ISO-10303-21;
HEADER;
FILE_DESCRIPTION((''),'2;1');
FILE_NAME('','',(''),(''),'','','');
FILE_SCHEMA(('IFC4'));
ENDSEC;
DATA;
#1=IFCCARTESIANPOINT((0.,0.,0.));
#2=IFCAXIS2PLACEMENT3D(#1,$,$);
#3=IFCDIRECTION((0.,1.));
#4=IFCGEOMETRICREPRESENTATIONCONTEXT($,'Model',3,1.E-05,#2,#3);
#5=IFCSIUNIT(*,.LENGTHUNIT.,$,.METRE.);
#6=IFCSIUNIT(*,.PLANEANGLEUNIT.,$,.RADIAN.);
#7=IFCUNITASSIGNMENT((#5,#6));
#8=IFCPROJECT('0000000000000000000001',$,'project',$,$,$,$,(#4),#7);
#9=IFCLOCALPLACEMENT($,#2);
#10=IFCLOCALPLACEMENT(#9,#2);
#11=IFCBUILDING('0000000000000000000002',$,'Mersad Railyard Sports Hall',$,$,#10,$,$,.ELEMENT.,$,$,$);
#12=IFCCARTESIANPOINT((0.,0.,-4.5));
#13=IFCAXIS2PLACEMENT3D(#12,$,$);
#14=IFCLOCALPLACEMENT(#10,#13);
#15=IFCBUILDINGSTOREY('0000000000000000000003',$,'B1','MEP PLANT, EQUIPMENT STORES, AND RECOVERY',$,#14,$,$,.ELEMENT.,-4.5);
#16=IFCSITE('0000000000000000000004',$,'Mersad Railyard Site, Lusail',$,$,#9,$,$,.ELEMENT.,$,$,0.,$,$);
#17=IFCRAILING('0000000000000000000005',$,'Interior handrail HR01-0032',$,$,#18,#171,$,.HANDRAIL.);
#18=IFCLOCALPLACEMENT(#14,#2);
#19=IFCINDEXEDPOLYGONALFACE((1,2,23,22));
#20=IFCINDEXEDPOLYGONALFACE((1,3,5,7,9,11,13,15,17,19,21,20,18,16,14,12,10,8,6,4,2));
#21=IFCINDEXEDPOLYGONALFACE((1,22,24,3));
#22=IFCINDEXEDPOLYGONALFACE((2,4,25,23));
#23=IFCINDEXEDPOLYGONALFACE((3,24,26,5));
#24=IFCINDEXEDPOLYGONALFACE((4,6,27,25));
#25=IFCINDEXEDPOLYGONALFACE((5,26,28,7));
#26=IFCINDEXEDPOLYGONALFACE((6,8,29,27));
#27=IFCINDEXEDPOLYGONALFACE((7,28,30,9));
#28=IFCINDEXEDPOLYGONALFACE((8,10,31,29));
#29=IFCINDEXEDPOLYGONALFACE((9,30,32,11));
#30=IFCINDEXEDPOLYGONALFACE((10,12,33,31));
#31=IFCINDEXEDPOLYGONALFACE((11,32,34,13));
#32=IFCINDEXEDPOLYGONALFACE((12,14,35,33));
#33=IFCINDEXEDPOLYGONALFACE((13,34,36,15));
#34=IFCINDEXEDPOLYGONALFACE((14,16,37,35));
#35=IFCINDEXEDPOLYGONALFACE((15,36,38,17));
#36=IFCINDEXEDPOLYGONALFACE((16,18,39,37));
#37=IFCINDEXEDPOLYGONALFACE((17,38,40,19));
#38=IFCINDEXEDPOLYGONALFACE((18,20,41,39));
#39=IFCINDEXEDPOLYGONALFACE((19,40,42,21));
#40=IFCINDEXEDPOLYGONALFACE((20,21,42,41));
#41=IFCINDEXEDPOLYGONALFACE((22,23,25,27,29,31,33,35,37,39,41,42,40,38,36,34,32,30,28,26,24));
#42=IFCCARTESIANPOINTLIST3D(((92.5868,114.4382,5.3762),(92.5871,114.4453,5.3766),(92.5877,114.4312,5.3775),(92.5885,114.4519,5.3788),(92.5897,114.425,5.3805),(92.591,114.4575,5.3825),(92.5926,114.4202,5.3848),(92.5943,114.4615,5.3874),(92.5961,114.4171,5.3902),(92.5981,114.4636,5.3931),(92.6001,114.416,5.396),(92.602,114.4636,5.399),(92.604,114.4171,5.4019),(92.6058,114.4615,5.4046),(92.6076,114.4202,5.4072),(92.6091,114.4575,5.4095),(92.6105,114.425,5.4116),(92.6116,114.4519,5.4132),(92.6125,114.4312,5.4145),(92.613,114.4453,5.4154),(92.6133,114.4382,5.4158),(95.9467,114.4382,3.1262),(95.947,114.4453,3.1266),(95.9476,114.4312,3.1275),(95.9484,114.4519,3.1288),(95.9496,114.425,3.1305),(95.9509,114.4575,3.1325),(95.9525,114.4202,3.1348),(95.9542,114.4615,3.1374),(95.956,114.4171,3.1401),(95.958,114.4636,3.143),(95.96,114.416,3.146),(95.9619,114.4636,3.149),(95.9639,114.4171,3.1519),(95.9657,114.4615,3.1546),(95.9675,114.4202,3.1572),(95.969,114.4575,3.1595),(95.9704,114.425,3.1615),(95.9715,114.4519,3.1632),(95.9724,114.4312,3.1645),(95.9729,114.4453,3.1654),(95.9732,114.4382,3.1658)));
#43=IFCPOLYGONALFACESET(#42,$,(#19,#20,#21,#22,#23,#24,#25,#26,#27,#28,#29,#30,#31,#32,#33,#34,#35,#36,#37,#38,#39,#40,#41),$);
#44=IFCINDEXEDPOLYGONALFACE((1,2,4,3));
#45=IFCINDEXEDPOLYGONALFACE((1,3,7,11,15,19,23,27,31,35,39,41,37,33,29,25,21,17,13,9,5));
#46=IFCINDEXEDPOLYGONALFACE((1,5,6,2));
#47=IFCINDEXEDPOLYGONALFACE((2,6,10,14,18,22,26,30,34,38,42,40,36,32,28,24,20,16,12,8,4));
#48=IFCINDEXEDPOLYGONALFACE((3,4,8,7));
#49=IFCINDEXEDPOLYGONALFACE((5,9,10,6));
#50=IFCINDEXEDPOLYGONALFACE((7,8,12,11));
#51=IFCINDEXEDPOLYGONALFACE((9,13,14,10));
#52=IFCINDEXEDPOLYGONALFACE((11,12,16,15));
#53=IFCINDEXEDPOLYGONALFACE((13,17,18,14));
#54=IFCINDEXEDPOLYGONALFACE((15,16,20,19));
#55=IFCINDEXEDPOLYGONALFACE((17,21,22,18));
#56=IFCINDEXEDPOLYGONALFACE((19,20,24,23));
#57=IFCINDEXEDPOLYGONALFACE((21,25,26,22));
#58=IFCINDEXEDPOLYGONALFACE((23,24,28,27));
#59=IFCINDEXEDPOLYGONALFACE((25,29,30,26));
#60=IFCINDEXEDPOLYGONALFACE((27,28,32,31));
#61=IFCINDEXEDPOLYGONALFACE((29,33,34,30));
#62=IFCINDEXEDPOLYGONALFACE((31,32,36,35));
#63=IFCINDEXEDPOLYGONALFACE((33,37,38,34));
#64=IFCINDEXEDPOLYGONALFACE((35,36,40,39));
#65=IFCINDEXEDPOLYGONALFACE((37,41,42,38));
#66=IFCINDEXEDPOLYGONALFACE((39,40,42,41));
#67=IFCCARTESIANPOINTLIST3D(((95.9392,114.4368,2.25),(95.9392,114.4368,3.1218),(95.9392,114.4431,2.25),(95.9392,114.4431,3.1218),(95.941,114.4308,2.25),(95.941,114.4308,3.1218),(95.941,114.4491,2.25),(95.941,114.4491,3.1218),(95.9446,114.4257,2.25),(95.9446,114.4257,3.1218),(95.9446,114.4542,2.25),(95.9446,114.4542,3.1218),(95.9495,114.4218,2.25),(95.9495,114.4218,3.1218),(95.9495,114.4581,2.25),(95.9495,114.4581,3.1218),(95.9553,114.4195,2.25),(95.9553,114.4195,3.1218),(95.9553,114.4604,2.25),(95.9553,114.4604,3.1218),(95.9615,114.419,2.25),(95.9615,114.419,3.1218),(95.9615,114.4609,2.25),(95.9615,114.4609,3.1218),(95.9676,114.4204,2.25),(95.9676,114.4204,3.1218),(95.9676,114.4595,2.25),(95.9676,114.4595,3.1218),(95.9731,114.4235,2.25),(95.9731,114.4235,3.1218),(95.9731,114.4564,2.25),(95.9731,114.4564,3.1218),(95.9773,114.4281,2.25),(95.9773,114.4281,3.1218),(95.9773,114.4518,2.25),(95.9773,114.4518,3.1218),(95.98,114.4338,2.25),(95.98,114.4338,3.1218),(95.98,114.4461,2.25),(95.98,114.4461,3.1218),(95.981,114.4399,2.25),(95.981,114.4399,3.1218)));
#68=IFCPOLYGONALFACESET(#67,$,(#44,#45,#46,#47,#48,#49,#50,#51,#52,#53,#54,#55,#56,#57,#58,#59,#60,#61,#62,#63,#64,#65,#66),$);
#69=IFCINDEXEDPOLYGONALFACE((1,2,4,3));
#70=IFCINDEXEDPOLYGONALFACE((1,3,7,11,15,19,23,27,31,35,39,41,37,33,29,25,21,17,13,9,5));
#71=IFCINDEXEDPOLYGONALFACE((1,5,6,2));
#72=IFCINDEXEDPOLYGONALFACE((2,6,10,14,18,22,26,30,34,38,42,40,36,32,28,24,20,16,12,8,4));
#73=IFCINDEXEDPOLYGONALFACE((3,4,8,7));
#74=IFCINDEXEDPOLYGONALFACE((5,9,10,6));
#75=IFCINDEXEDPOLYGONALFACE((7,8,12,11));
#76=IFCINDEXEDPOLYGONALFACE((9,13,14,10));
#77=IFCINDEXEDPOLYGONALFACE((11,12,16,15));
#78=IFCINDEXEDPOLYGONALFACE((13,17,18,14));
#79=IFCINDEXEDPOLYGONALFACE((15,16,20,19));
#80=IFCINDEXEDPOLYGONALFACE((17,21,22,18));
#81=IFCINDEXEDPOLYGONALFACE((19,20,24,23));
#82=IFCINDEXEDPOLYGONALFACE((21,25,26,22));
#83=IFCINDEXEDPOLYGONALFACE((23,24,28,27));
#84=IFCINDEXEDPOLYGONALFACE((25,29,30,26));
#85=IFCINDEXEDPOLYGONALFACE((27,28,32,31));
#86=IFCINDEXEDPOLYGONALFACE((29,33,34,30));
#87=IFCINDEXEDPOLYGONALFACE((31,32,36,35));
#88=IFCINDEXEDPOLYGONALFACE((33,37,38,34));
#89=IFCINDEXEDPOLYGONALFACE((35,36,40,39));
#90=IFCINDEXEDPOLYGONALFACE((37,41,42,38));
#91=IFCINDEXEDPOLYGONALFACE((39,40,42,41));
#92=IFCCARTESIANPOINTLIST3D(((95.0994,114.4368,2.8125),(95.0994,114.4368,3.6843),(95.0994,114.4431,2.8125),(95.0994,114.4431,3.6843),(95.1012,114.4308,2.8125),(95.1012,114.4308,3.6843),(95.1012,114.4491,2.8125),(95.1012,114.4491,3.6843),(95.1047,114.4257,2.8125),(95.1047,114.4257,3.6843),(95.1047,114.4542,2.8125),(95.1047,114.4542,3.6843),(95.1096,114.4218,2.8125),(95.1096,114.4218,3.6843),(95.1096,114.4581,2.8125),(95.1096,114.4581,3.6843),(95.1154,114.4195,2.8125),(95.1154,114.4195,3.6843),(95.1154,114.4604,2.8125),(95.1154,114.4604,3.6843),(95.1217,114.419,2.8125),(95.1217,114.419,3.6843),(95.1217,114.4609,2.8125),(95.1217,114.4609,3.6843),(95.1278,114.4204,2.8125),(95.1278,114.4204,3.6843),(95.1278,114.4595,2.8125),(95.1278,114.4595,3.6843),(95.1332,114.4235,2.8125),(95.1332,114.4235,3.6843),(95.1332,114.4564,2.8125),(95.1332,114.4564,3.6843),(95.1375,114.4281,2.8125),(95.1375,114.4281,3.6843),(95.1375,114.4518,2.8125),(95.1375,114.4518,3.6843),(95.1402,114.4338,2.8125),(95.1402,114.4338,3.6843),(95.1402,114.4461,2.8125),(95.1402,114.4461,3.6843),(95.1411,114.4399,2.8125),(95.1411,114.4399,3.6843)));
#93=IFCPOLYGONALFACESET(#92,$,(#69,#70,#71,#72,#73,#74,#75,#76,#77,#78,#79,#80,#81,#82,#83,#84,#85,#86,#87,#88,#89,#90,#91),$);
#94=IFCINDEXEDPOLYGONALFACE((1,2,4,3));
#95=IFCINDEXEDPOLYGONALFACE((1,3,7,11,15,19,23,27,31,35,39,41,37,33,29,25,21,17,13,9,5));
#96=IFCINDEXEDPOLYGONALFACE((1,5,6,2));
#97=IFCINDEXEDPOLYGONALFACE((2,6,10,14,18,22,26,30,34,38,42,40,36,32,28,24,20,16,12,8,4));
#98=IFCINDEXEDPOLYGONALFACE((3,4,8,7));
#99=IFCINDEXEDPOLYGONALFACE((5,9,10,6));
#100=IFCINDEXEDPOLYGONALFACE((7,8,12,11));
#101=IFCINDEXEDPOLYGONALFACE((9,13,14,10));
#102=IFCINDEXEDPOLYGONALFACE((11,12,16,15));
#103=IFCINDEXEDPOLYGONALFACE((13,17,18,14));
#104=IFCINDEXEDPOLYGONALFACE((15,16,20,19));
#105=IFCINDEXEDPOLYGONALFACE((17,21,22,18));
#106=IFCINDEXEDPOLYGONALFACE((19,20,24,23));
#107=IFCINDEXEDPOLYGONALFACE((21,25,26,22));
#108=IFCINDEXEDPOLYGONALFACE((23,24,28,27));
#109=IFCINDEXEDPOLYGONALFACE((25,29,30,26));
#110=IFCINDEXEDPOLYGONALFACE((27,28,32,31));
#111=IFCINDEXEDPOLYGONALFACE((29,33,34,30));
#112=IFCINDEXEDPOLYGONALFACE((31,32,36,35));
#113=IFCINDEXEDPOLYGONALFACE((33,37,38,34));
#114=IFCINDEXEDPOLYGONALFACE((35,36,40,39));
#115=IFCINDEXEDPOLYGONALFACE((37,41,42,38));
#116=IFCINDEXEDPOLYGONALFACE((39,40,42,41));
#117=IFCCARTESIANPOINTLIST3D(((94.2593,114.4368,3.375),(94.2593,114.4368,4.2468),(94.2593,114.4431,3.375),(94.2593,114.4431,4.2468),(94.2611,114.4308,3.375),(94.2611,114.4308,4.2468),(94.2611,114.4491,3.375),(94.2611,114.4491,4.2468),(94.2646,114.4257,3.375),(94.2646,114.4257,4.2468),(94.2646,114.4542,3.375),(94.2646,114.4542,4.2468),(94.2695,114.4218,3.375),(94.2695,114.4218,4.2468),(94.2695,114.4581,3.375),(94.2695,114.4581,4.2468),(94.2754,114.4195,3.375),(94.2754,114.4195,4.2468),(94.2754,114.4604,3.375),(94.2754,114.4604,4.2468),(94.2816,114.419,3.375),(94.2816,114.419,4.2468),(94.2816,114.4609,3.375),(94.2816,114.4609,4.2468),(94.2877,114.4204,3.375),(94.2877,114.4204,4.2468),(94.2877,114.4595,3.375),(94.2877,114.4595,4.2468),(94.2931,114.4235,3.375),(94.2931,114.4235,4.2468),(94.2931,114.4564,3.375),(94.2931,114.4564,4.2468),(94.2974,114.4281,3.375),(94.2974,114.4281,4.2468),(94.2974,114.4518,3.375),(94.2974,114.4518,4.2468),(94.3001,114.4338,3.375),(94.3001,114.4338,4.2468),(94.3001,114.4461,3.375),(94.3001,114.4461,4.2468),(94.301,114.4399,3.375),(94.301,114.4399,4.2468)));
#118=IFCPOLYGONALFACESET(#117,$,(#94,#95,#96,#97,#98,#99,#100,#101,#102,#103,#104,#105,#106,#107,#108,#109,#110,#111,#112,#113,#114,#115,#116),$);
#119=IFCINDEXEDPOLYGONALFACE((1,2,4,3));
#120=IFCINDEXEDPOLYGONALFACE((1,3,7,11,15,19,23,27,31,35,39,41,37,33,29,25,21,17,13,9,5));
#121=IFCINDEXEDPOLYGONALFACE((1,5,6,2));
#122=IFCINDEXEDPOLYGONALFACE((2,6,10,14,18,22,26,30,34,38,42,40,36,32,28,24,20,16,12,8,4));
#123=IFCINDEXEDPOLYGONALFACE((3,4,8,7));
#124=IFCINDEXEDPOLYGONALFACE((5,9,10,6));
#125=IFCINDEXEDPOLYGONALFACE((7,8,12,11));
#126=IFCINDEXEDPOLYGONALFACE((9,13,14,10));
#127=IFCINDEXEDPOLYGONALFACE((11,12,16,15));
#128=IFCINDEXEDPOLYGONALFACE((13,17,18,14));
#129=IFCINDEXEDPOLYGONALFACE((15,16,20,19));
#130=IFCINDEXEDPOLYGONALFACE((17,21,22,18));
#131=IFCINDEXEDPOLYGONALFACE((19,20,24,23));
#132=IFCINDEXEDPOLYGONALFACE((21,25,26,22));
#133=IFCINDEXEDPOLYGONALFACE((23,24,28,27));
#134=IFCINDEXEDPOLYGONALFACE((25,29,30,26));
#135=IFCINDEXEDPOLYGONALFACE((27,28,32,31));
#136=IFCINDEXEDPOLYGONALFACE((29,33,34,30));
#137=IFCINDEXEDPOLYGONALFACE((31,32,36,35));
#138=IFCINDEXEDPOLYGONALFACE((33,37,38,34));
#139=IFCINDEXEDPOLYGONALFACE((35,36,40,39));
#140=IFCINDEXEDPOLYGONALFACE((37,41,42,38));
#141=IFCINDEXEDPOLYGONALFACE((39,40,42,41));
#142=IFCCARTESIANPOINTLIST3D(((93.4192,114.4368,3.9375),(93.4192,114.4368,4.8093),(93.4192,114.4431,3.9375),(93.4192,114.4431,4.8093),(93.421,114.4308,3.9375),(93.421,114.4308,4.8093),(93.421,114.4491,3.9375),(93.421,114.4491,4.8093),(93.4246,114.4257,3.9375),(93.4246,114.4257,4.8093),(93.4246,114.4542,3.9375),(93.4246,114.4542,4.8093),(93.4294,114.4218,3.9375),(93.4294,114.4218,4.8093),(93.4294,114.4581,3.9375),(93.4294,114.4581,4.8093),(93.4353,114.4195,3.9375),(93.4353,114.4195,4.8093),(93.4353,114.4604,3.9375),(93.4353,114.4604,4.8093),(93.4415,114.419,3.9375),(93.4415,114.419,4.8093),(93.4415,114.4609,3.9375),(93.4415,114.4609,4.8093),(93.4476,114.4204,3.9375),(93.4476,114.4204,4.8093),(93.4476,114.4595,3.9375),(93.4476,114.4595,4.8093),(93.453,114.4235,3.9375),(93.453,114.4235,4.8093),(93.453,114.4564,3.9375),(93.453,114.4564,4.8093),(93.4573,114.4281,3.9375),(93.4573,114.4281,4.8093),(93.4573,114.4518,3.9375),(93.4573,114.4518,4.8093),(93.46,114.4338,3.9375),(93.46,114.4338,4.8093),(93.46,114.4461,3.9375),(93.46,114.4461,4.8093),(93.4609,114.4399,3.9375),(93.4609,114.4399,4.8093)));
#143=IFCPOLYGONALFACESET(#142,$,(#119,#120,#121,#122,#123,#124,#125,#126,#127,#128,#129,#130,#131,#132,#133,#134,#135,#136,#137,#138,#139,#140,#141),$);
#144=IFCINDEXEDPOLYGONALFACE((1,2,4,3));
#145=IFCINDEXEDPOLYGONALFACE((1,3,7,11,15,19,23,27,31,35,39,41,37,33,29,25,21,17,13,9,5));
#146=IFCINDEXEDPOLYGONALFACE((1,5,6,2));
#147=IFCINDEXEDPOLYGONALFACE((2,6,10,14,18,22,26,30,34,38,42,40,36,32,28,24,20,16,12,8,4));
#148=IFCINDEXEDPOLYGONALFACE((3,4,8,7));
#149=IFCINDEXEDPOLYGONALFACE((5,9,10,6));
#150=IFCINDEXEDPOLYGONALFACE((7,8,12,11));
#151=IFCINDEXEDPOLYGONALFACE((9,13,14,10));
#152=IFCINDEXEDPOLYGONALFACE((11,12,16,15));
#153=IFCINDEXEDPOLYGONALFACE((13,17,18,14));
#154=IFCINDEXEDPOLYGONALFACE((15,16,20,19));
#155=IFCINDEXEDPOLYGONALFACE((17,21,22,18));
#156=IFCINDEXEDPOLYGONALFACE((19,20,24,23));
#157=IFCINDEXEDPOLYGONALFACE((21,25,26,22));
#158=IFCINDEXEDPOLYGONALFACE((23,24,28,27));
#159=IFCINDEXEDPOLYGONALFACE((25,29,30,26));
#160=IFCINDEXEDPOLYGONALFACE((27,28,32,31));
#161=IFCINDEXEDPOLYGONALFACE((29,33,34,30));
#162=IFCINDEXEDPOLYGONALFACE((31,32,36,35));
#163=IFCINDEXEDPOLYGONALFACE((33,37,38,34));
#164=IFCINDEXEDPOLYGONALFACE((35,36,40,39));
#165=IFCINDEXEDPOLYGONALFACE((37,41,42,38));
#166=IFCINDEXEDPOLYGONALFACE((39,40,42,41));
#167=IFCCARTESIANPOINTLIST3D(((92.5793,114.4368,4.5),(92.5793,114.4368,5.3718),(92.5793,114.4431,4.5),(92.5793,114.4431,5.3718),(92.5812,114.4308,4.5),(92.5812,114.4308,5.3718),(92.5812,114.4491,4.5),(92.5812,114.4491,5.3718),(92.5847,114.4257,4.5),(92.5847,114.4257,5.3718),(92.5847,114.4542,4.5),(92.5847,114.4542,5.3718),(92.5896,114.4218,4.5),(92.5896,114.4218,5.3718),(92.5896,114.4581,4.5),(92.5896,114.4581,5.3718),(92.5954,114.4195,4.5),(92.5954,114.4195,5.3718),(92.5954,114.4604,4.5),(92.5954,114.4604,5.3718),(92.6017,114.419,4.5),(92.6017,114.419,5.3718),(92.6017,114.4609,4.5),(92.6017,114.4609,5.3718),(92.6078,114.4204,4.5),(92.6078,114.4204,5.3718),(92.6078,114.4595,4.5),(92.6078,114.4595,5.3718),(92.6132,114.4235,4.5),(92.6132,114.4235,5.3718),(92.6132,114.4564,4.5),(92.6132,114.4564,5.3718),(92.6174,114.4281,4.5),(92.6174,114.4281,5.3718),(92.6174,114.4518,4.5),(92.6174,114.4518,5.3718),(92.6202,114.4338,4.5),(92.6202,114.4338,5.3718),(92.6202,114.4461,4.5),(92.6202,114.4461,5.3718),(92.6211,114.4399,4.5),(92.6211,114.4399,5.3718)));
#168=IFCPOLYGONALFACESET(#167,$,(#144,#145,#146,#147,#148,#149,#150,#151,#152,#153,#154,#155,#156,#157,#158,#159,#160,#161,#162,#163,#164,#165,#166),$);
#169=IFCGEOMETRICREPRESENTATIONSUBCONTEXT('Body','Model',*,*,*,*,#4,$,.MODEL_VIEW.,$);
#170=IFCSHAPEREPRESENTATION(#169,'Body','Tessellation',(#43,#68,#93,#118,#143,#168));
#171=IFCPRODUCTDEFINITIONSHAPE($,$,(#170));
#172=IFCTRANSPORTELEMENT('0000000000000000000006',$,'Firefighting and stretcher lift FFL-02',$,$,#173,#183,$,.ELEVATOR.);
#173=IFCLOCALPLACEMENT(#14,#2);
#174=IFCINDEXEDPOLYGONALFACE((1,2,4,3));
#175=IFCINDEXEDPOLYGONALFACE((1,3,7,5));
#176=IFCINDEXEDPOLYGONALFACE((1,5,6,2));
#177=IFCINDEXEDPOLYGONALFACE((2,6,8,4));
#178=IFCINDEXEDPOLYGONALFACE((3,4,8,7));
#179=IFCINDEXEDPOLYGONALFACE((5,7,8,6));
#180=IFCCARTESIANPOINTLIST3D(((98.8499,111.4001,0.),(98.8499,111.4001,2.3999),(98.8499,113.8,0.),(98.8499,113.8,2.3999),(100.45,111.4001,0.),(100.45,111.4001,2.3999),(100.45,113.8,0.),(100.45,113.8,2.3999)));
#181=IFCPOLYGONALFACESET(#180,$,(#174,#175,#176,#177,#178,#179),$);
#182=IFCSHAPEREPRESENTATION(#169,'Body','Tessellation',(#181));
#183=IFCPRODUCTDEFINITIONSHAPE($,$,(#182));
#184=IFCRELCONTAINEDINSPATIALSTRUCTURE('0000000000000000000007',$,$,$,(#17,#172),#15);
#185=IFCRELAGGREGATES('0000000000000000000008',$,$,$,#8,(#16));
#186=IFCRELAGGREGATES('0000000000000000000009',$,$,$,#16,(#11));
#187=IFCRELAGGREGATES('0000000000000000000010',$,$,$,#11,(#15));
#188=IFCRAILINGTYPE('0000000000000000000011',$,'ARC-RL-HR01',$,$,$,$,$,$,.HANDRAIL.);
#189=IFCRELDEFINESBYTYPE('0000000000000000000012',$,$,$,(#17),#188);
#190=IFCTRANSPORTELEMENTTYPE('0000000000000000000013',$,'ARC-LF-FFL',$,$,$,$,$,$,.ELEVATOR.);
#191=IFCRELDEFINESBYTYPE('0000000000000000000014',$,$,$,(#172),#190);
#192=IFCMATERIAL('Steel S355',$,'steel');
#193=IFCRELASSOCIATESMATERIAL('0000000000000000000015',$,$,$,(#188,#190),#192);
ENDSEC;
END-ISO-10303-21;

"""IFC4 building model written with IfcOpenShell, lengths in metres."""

from ifc_helpers import new_model, si_unit, direction, frame, origin, origin_2d, place, context, subcontext, project, spatial, rectangle, circle, extrude, material, type_object, element, save


model = new_model("IFC4")

# Units and contexts
model_context = context("Model", 3, precision=1e-05, world=origin(), true_north=direction((0.0, 1.0)))
body_context = subcontext(model_context, "Body", "Model", "MODEL_VIEW")
ifc_project = project(units=[si_unit("LENGTHUNIT", "METRE"), si_unit("PLANEANGLEUNIT", "RADIAN")], contexts=[model_context])

# Site, building, storey
site_placement = place(None, origin())
site = spatial("IfcSite", under=ifc_project, at=site_placement, Name="Mersad Railyard Site, Lusail", CompositionType="ELEMENT", RefElevation=0.0)
building_placement = place(site_placement, origin())
building = spatial("IfcBuilding", under=site, at=building_placement, Name="Mersad Railyard Sports Hall", CompositionType="ELEMENT")
storey_placement = place(building_placement, frame((0.0, 0.0, -4.5)))
storey = spatial("IfcBuildingStorey", under=building, at=storey_placement, Name="B1", Description="MEP PLANT, EQUIPMENT STORES, AND RECOVERY", CompositionType="ELEMENT", Elevation=-4.5)

# Shared definitions
ifc_material_1 = material(Name="Steel S355", Category="steel")

# Railing
railing_type_1 = type_object("IfcRailingType", Name="ARC-RL-HR01", PredefinedType="HANDRAIL", material=ifc_material_1)
railing_1_placement = place(storey_placement, frame((95.96, 114.4399, 2.25)))
element("IfcRailing", 1, at=railing_1_placement, inside=storey, type_object=railing_type_1, Name="Interior handrail HR01-0032", PredefinedType="HANDRAIL", context=body_context, shape_type="SweptSolid", body=[
    extrude(circle(Radius=0.0239, at=origin_2d()), frame((0.0, 0.0, 0.896), z_axis=(-0.830897, 0.0, 0.556427), x_axis=(0.0, -1.0, 0.0)), (0.0, 0.0, 1.0), 4.0437),
    extrude(circle(Radius=0.021, at=origin_2d()), origin(), (0.0, 0.0, 1.0), 0.8718),
    extrude(circle(Radius=0.021, at=origin_2d()), frame((-0.8398, 0.0, 0.5625)), (0.0, 0.0, 1.0), 0.8718),
    extrude(circle(Radius=0.021, at=origin_2d()), frame((-1.6799, 0.0, 1.125)), (0.0, 0.0, 1.0), 0.8718),
    extrude(circle(Radius=0.021, at=origin_2d()), frame((-2.52, 0.0, 1.6875)), (0.0, 0.0, 1.0), 0.8718),
    extrude(circle(Radius=0.021, at=origin_2d()), frame((-3.3599, 0.0, 2.25)), (0.0, 0.0, 1.0), 0.8718),
])

# Transport element
transport_element_type = type_object("IfcTransportElementType", Name="ARC-LF-FFL", PredefinedType="ELEVATOR", material=ifc_material_1)
transport_element_placement = place(storey_placement, frame((99.6499, 112.6001, 0.0), z_axis=(0.0, 0.0, 1.0), x_axis=(1.0, 0.0, 0.0)))
element("IfcTransportElement", 2, at=transport_element_placement, inside=storey, type_object=transport_element_type, Name="Firefighting and stretcher lift FFL-02", PredefinedType="ELEVATOR", context=body_context, shape_type="SweptSolid", body=[
    extrude(rectangle(XDim=1.6001, YDim=2.3999, at=origin_2d()), origin(), (0.0, 0.0, 1.0), 2.3999),
])

save(model, "model.ifc")
